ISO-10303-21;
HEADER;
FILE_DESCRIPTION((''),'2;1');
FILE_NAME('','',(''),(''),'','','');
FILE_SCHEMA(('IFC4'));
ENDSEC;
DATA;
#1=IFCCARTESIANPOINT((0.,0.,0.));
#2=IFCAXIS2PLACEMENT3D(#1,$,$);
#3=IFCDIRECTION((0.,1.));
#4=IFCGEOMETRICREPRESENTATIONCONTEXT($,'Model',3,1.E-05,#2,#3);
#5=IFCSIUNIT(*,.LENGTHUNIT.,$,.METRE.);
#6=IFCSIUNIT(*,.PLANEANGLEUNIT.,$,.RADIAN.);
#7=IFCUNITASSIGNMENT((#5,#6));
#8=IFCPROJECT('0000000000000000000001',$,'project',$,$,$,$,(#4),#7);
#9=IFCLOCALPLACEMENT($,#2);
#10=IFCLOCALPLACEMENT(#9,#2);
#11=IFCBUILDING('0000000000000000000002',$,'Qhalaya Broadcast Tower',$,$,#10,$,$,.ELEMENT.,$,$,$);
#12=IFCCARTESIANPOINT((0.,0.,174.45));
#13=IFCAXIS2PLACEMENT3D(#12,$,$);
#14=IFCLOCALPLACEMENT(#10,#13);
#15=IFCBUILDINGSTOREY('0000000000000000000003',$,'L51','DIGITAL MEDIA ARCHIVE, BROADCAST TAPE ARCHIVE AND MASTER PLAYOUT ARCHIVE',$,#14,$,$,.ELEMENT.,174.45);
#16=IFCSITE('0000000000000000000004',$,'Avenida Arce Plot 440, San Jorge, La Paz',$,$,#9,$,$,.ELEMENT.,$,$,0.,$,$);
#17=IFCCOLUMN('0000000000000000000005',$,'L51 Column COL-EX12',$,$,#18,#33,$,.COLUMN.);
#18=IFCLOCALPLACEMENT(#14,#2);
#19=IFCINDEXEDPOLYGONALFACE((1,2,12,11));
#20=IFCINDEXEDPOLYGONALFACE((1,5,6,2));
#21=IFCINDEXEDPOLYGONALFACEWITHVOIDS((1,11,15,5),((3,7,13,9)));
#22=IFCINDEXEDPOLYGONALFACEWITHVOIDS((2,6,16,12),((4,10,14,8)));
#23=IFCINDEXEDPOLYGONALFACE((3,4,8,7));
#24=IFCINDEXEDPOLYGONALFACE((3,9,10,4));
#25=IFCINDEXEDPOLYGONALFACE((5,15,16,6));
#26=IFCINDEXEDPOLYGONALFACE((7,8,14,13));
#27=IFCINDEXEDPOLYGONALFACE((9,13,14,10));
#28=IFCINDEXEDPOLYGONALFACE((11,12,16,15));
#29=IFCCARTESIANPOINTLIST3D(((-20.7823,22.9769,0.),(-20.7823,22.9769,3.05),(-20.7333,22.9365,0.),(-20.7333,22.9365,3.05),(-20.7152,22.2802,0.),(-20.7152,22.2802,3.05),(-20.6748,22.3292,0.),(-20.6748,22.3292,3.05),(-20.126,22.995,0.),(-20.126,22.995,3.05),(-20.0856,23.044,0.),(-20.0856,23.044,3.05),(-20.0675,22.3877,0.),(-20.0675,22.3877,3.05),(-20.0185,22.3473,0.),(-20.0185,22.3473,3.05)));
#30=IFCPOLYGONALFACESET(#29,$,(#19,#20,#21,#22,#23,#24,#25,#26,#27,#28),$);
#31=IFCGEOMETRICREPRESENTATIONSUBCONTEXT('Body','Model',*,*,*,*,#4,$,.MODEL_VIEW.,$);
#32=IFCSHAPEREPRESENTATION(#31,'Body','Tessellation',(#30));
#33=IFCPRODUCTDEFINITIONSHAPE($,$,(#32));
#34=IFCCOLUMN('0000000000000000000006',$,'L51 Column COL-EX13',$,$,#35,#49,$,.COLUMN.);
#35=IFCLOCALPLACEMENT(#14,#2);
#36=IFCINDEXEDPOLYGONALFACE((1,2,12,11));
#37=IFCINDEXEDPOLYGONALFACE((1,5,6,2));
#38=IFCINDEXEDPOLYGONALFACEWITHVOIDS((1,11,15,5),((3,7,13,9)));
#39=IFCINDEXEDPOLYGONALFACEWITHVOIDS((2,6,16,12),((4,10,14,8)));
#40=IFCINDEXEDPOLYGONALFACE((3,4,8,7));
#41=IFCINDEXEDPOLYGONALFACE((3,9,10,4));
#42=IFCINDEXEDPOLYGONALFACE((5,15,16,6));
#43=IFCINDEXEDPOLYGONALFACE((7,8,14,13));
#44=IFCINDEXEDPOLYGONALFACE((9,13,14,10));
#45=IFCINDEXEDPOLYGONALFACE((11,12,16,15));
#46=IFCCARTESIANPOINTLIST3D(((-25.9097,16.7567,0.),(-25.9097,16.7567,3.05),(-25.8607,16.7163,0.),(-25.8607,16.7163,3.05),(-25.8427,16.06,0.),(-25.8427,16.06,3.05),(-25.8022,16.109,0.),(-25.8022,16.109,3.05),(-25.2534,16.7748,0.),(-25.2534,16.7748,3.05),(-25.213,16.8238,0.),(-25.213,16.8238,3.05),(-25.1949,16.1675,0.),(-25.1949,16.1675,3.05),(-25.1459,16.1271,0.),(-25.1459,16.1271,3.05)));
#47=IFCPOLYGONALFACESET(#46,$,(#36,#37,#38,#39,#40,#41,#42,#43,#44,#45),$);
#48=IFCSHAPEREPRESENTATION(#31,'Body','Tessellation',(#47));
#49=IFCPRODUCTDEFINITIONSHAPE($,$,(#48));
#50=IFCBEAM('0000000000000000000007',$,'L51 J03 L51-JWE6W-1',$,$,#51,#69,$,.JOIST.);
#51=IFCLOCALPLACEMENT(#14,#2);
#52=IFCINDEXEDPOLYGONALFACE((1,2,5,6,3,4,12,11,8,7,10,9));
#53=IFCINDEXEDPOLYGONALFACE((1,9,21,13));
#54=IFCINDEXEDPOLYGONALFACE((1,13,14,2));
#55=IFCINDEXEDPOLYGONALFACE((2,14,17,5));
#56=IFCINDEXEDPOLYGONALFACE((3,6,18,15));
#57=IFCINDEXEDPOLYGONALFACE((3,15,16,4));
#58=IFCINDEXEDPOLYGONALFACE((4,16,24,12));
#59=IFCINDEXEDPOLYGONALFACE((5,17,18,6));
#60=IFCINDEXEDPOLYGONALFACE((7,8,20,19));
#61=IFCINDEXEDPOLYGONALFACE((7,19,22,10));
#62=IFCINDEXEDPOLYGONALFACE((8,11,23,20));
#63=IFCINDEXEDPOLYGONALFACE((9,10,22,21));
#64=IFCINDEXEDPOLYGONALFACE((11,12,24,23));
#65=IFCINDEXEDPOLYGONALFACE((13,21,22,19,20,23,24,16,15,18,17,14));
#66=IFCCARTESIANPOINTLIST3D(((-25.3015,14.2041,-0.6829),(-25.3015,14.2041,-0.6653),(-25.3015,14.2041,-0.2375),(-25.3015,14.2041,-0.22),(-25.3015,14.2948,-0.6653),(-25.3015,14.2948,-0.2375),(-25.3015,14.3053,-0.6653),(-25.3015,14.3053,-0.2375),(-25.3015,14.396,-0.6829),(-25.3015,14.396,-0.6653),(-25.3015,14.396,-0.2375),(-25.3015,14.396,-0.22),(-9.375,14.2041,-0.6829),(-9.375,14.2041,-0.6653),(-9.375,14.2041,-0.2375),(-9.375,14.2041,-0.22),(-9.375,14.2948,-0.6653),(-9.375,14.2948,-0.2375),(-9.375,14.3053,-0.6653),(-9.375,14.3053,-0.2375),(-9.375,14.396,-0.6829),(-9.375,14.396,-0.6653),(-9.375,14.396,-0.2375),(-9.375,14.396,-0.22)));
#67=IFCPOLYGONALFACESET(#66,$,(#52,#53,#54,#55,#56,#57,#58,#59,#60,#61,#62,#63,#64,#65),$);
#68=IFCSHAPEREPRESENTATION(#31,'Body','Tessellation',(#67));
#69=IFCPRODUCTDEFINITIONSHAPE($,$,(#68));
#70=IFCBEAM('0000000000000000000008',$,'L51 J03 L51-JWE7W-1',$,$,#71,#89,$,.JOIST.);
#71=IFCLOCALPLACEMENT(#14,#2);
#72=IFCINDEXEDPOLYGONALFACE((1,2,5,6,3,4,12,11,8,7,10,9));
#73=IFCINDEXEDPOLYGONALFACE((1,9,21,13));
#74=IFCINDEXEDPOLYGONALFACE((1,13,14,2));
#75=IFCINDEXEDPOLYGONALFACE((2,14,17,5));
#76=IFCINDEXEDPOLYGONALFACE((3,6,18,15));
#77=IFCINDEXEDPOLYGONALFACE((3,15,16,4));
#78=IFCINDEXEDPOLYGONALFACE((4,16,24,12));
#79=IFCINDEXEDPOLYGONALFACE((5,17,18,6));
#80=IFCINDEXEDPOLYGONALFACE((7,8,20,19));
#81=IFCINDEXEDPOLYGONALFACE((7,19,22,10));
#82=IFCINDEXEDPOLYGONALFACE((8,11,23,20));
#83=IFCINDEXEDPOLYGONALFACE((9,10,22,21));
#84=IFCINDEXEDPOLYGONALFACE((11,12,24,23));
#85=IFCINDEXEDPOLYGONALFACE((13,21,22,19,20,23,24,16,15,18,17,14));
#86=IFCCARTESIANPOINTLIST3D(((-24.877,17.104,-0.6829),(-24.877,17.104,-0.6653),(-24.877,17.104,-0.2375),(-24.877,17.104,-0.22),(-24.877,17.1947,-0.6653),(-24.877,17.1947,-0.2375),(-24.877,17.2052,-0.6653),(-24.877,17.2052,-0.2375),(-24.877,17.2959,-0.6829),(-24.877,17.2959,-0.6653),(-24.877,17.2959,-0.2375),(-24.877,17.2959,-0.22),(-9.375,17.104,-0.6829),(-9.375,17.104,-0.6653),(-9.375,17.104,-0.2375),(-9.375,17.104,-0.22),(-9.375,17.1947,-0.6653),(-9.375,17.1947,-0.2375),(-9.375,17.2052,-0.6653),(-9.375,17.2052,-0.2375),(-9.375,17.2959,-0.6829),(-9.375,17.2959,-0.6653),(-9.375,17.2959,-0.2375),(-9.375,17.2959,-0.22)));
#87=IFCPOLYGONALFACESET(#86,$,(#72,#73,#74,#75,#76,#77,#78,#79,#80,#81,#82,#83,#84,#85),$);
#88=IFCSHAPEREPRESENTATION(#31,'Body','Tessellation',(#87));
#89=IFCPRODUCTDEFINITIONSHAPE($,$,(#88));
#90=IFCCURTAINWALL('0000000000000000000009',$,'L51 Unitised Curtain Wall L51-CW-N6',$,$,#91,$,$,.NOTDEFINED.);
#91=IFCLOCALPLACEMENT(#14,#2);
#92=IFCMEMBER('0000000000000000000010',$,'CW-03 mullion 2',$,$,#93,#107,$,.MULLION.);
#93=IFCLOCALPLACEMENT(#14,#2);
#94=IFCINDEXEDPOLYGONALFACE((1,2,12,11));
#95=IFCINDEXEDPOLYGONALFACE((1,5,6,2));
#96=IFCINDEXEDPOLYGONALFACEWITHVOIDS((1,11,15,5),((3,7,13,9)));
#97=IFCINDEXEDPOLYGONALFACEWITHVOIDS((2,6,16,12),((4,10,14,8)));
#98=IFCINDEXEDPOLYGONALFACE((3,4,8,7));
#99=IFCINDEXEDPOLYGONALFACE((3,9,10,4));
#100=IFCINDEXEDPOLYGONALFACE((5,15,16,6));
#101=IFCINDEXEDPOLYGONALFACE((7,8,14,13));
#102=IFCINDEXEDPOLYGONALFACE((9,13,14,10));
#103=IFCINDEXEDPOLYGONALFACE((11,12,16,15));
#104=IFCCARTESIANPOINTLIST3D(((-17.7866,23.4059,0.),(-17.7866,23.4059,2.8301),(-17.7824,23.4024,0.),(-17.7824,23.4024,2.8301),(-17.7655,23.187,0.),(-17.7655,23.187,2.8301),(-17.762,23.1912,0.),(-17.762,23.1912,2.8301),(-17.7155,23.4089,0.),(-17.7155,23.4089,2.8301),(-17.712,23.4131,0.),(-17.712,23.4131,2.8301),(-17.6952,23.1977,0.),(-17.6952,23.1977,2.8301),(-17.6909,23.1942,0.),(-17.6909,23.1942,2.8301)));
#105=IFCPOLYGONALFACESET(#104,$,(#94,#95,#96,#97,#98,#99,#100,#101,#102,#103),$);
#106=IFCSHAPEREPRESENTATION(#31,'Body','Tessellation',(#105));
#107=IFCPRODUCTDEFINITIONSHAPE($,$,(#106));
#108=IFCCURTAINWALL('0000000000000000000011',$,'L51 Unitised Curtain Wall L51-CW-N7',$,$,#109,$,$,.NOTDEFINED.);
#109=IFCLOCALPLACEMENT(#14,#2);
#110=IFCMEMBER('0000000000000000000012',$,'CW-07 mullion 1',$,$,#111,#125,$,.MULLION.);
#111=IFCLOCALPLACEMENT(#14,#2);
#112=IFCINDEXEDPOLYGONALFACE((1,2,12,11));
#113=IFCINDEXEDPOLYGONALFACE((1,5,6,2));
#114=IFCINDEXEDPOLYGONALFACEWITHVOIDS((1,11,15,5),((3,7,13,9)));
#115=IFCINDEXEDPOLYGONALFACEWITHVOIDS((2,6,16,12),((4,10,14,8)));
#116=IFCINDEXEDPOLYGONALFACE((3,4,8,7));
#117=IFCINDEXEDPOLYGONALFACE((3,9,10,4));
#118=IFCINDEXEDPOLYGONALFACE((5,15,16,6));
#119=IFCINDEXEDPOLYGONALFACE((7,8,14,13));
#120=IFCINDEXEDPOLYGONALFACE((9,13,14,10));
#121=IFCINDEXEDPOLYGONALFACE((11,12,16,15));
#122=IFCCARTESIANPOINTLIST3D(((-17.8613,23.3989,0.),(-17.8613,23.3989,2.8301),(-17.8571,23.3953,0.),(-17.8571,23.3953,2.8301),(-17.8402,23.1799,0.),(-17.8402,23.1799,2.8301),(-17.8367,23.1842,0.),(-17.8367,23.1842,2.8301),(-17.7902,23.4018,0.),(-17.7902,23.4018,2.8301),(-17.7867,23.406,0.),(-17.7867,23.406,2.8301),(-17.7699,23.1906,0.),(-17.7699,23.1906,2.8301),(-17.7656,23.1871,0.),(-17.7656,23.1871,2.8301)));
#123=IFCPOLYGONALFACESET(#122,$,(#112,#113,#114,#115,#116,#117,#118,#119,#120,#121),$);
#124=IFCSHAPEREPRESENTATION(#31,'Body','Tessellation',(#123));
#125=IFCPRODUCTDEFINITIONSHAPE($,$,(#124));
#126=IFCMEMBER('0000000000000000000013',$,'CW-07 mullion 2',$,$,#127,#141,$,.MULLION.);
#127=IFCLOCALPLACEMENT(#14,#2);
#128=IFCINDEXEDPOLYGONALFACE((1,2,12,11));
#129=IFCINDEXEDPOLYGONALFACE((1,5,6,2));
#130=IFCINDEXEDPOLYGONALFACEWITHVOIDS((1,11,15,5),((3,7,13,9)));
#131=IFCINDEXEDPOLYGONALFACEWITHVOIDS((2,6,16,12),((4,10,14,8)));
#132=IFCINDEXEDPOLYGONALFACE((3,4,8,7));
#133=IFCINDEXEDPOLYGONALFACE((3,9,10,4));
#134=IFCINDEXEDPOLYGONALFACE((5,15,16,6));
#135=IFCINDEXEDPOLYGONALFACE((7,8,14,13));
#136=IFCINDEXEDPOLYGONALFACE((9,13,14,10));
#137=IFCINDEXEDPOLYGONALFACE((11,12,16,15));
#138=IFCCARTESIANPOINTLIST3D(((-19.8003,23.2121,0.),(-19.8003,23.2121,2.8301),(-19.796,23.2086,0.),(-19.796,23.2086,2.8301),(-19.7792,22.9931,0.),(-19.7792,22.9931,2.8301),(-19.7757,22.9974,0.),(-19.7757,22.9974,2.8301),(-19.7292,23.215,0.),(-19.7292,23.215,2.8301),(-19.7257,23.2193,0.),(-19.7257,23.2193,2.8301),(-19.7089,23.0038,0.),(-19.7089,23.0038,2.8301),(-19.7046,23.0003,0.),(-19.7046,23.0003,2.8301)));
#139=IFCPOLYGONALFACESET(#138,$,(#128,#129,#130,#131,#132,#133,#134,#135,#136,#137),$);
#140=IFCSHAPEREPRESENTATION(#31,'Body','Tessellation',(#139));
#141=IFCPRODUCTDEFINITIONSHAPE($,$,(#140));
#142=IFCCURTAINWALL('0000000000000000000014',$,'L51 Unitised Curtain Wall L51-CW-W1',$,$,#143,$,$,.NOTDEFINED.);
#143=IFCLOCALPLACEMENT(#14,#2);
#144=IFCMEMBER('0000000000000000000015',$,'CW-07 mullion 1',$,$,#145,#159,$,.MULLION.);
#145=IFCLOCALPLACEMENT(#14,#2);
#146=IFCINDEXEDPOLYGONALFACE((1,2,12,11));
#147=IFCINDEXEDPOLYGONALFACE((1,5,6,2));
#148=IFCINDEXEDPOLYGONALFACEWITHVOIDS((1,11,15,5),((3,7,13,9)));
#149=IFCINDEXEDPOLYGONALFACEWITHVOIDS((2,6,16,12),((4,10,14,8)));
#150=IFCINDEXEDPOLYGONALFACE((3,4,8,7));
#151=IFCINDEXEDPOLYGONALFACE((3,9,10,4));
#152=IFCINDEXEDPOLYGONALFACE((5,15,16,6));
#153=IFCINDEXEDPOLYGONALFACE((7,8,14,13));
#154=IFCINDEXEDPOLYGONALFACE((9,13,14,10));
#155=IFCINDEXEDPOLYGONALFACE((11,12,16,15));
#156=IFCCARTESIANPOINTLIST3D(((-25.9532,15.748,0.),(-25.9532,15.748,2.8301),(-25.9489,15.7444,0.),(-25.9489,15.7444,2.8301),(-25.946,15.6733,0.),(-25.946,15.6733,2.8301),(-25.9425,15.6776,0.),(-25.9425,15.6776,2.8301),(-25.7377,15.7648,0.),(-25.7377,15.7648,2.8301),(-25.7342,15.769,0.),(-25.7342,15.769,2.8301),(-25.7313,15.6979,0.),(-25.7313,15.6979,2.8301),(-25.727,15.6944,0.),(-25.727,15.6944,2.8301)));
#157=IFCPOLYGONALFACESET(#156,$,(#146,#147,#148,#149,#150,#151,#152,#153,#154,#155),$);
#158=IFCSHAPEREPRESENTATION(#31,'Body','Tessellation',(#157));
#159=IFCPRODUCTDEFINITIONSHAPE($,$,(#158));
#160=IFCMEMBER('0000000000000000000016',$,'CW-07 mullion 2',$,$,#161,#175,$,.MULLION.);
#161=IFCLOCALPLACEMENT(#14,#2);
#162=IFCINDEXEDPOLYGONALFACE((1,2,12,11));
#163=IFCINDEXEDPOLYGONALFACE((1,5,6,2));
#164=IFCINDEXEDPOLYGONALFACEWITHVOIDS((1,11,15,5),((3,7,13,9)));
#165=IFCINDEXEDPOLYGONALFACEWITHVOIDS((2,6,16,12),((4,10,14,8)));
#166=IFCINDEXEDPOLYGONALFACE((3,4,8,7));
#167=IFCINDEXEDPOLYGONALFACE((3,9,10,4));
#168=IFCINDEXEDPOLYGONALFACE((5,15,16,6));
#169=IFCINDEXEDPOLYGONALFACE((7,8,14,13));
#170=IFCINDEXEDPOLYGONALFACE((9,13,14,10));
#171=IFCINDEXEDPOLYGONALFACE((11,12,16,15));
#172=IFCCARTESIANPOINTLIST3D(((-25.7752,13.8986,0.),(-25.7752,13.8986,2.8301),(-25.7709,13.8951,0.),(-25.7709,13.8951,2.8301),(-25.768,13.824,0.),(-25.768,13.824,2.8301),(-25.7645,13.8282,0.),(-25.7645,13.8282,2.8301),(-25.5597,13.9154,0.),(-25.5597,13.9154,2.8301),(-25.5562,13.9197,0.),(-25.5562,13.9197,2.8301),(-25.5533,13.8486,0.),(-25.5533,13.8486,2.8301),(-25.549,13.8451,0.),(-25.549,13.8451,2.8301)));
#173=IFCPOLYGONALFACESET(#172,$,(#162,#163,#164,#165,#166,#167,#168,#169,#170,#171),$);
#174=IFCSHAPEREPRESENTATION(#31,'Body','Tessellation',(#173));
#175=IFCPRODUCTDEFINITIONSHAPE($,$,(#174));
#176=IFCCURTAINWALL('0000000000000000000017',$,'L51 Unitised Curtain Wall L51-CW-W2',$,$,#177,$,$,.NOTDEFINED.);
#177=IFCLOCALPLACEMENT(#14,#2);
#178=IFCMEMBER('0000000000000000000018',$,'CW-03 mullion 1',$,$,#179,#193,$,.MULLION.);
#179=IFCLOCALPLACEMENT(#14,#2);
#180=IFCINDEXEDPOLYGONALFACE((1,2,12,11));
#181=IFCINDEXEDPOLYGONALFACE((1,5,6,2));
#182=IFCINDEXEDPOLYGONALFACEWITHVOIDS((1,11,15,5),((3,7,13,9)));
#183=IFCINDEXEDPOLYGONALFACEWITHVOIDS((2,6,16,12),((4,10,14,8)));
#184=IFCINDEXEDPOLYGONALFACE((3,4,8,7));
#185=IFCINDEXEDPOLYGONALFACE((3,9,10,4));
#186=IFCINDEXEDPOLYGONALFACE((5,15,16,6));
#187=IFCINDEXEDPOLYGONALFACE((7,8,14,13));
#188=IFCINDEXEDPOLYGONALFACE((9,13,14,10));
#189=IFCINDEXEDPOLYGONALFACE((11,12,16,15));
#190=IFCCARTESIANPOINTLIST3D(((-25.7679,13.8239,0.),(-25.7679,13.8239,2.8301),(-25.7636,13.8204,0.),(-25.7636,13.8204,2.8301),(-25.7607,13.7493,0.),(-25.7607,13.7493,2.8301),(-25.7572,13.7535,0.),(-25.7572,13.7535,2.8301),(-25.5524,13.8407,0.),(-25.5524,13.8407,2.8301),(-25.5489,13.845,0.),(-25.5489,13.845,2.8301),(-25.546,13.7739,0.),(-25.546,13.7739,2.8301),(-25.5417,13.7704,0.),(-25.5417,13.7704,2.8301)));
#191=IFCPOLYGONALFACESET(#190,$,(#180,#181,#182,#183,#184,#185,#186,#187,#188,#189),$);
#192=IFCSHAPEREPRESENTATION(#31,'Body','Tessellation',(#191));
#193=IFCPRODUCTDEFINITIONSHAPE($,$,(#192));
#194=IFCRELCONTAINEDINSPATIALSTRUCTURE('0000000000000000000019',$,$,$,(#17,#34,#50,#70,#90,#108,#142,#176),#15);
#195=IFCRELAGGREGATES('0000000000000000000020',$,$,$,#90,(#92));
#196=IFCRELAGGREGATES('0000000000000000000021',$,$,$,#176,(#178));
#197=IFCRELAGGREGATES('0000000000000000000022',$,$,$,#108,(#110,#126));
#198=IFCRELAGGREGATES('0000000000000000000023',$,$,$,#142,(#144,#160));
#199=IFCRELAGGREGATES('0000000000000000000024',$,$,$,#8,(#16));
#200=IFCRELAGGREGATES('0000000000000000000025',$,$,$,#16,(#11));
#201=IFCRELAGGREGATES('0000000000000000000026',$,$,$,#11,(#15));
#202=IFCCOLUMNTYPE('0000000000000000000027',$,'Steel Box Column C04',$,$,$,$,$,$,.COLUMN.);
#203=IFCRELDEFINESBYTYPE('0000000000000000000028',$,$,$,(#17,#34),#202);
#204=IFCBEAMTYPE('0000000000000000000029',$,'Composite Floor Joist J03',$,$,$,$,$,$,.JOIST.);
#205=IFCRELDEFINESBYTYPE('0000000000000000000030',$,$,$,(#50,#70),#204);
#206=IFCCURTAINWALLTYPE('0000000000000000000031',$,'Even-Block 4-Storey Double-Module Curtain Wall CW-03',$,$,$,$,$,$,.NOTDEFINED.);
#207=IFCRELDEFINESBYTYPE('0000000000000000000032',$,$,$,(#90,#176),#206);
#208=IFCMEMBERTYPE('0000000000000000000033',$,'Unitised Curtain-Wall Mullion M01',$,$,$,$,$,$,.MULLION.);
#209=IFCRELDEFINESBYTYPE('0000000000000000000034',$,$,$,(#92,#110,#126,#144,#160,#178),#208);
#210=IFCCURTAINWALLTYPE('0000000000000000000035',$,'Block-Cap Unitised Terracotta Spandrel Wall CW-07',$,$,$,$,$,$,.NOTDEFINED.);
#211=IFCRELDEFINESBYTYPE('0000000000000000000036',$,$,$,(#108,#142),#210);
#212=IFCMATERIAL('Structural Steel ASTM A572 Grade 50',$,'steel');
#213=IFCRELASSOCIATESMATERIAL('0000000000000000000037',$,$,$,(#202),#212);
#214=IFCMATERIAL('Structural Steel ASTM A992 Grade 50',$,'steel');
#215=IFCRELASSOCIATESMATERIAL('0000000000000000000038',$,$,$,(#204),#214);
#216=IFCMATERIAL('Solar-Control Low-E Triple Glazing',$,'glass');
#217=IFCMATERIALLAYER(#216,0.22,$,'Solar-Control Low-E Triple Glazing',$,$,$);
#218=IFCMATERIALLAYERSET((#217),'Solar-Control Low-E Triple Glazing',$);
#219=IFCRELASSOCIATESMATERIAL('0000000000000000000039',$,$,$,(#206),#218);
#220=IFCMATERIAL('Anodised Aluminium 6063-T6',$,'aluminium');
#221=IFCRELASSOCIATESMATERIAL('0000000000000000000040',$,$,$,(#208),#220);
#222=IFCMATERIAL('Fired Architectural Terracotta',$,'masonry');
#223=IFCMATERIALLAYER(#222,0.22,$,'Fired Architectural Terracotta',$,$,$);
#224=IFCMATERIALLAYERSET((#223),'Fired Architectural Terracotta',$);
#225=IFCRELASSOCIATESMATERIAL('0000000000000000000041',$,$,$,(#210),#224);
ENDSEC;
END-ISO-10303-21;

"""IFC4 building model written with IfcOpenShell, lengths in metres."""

from ifc_helpers import new_model, si_unit, direction, frame, origin, origin_2d, place, context, subcontext, project, spatial, hollow_rectangle, i_section, extrude, material, layer, layer_set, material_profile, profile_set, type_object, element, aggregate, save


model = new_model("IFC4")

# Units and contexts
model_context = context("Model", 3, precision=1e-05, world=origin(), true_north=direction((0.0, 1.0)))
body_context = subcontext(model_context, "Body", "Model", "MODEL_VIEW")
ifc_project = project(units=[si_unit("LENGTHUNIT", "METRE"), si_unit("PLANEANGLEUNIT", "RADIAN")], contexts=[model_context])

# Site, building, storey
site_placement = place(None, origin())
site = spatial("IfcSite", under=ifc_project, at=site_placement, Name="Avenida Arce Plot 440, San Jorge, La Paz", CompositionType="ELEMENT", RefElevation=0.0)
building_placement = place(site_placement, origin())
building = spatial("IfcBuilding", under=site, at=building_placement, Name="Qhalaya Broadcast Tower", CompositionType="ELEMENT")
storey_placement = place(building_placement, frame((0.0, 0.0, 174.45)))
storey = spatial("IfcBuildingStorey", under=building, at=storey_placement, Name="L51", Description="DIGITAL MEDIA ARCHIVE, BROADCAST TAPE ARCHIVE AND MASTER PLAYOUT ARCHIVE", CompositionType="ELEMENT", Elevation=174.45)

# Columns
ifc_material_1 = material(Name="Structural Steel ASTM A572 Grade 50", Category="steel")
ifc_material_profile_1 = material_profile(ifc_material_1, hollow_rectangle(XDim=0.7, YDim=0.7, WallThickness=0.0449, at=origin_2d()), Name="BOX 700x700x45")
ifc_profile_set_1 = profile_set([ifc_material_profile_1], Name="Structural Steel ASTM A572 Grade 50")
column_type = type_object("IfcColumnType", Name="Steel Box Column C04", PredefinedType="COLUMN", material=ifc_profile_set_1)
for number, where, z_axis, x_axis, name in (
    (1, (-20.4004, 22.6621, 0.0), (0.0, 0.0, 1.0), (0.995396, 0.095846, 0.0), "L51 Column COL-EX12"),
    (2, (-25.5278, 16.4419, 0.0), (0.0, 0.0, 1.0), (-0.095846, 0.995396, 0.0), "L51 Column COL-EX13"),
):
    element("IfcColumn", number, at=place(storey_placement, frame(where, z_axis=z_axis, x_axis=x_axis)), inside=storey, type_object=column_type, Name=name, PredefinedType="COLUMN", context=body_context, shape_type="SweptSolid", body=[
        extrude(hollow_rectangle(XDim=0.7, YDim=0.7, WallThickness=0.0449, at=origin_2d()), origin(), (0.0, 0.0, 1.0), 3.05),
    ])

# Beams
ifc_material_2 = material(Name="Structural Steel ASTM A992 Grade 50", Category="steel")
ifc_material_profile_2 = material_profile(ifc_material_2, i_section(OverallWidth=0.1919, OverallDepth=0.4629, WebThickness=0.0105, FlangeThickness=0.0176, at=origin_2d()), Name="W18X60")
ifc_profile_set_2 = profile_set([ifc_material_profile_2], Name="Structural Steel ASTM A992 Grade 50")
beam_type_1 = type_object("IfcBeamType", Name="Composite Floor Joist J03", PredefinedType="JOIST", material=ifc_profile_set_2)
beam_1_placement = place(storey_placement, frame((-25.3015, 14.3, -0.4514), z_axis=(1.0, 0.0, 0.0), x_axis=(0.0, 1.0, 0.0)))
element("IfcBeam", 3, at=beam_1_placement, inside=storey, type_object=beam_type_1, Name="L51 J03 L51-JWE6W-1", PredefinedType="JOIST", context=body_context, shape_type="SweptSolid", body=[
    extrude(i_section(OverallWidth=0.1919, OverallDepth=0.4629, WebThickness=0.0105, FlangeThickness=0.0176, at=origin_2d()), origin(), (0.0, 0.0, 1.0), 15.9265),
])
beam_2_placement = place(storey_placement, frame((-24.877, 17.2, -0.4514), z_axis=(1.0, 0.0, 0.0), x_axis=(0.0, 1.0, 0.0)))
element("IfcBeam", 4, at=beam_2_placement, inside=storey, type_object=beam_type_1, Name="L51 J03 L51-JWE7W-1", PredefinedType="JOIST", context=body_context, shape_type="SweptSolid", body=[
    extrude(i_section(OverallWidth=0.1919, OverallDepth=0.4629, WebThickness=0.0105, FlangeThickness=0.0176, at=origin_2d()), origin(), (0.0, 0.0, 1.0), 15.502),
])

# Curtain wall, member
ifc_material_3 = material(Name="Solar-Control Low-E Triple Glazing", Category="glass")
ifc_layer_1 = layer(ifc_material_3, 0.22, Name="Solar-Control Low-E Triple Glazing")
ifc_layer_set_1 = layer_set([ifc_layer_1], Name="Solar-Control Low-E Triple Glazing")
curtain_wall_type_1 = type_object("IfcCurtainWallType", Name="Even-Block 4-Storey Double-Module Curtain Wall CW-03", PredefinedType="NOTDEFINED", material=ifc_layer_set_1)
curtain_wall_1_placement = place(storey_placement, origin())
curtain_wall_1 = element("IfcCurtainWall", 5, at=curtain_wall_1_placement, inside=storey, type_object=curtain_wall_type_1, Name="L51 Unitised Curtain Wall L51-CW-N6", PredefinedType="NOTDEFINED")
ifc_material_4 = material(Name="Anodised Aluminium 6063-T6", Category="aluminium")
ifc_material_profile_3 = material_profile(ifc_material_4, hollow_rectangle(XDim=0.075, YDim=0.22, WallThickness=0.0039, at=origin_2d()), Name="ALU-MUL 75x220x4")
ifc_profile_set_3 = profile_set([ifc_material_profile_3], Name="Anodised Aluminium 6063-T6")
member_type_1 = type_object("IfcMemberType", Name="Unitised Curtain-Wall Mullion M01", PredefinedType="MULLION", material=ifc_profile_set_3)
member_1_placement = place(storey_placement, frame((-17.7388, 23.3, 0.0), z_axis=(0.0, 0.0, 1.0), x_axis=(-0.995397, -0.095839, 0.0)))
member_1 = element("IfcMember", 6, at=member_1_placement, type_object=member_type_1, Name="CW-03 mullion 2", PredefinedType="MULLION", context=body_context, shape_type="SweptSolid", body=[
    extrude(hollow_rectangle(XDim=0.075, YDim=0.22, WallThickness=0.0039, at=origin_2d()), origin(), (0.0, 0.0, 1.0), 2.8301),
])
aggregate(curtain_wall_1, [member_1])

# Curtain walls, members
ifc_material_5 = material(Name="Fired Architectural Terracotta", Category="masonry")
ifc_layer_2 = layer(ifc_material_5, 0.22, Name="Fired Architectural Terracotta")
ifc_layer_set_2 = layer_set([ifc_layer_2], Name="Fired Architectural Terracotta")
curtain_wall_type_2 = type_object("IfcCurtainWallType", Name="Block-Cap Unitised Terracotta Spandrel Wall CW-07", PredefinedType="NOTDEFINED", material=ifc_layer_set_2)
curtain_wall_2_placement = place(storey_placement, origin())
curtain_wall_2 = element("IfcCurtainWall", 7, at=curtain_wall_2_placement, inside=storey, type_object=curtain_wall_type_2, Name="L51 Unitised Curtain Wall L51-CW-N7", PredefinedType="NOTDEFINED")
member_2_placement = place(storey_placement, frame((-17.8135, 23.293, 0.0), z_axis=(0.0, 0.0, 1.0), x_axis=(-0.995396, -0.095847, 0.0)))
member_2 = element("IfcMember", 8, at=member_2_placement, type_object=member_type_1, Name="CW-07 mullion 1", PredefinedType="MULLION", context=body_context, shape_type="SweptSolid", body=[
    extrude(hollow_rectangle(XDim=0.075, YDim=0.22, WallThickness=0.0039, at=origin_2d()), origin(), (0.0, 0.0, 1.0), 2.8301),
])
member_3_placement = place(storey_placement, frame((-19.7524, 23.1062, 0.0), z_axis=(0.0, 0.0, 1.0), x_axis=(-0.995396, -0.095847, 0.0)))
member_3 = element("IfcMember", 9, at=member_3_placement, type_object=member_type_1, Name="CW-07 mullion 2", PredefinedType="MULLION", context=body_context, shape_type="SweptSolid", body=[
    extrude(hollow_rectangle(XDim=0.075, YDim=0.22, WallThickness=0.0039, at=origin_2d()), origin(), (0.0, 0.0, 1.0), 2.8301),
])
curtain_wall_3_placement = place(storey_placement, origin())
curtain_wall_3 = element("IfcCurtainWall", 10, at=curtain_wall_3_placement, inside=storey, type_object=curtain_wall_type_2, Name="L51 Unitised Curtain Wall L51-CW-W1", PredefinedType="NOTDEFINED")
member_4_placement = place(storey_placement, frame((-25.8401, 15.7212, 0.0), z_axis=(0.0, 0.0, 1.0), x_axis=(0.095861, -0.995395, 0.0)))
member_4 = element("IfcMember", 11, at=member_4_placement, type_object=member_type_1, Name="CW-07 mullion 1", PredefinedType="MULLION", context=body_context, shape_type="SweptSolid", body=[
    extrude(hollow_rectangle(XDim=0.075, YDim=0.22, WallThickness=0.0039, at=origin_2d()), origin(), (0.0, 0.0, 1.0), 2.8301),
])
member_5_placement = place(storey_placement, frame((-25.6621, 13.8718, 0.0), z_axis=(0.0, 0.0, 1.0), x_axis=(0.095861, -0.995395, 0.0)))
member_5 = element("IfcMember", 12, at=member_5_placement, type_object=member_type_1, Name="CW-07 mullion 2", PredefinedType="MULLION", context=body_context, shape_type="SweptSolid", body=[
    extrude(hollow_rectangle(XDim=0.075, YDim=0.22, WallThickness=0.0039, at=origin_2d()), origin(), (0.0, 0.0, 1.0), 2.8301),
])

# Curtain wall, member
curtain_wall_4_placement = place(storey_placement, origin())
curtain_wall_4 = element("IfcCurtainWall", 13, at=curtain_wall_4_placement, inside=storey, type_object=curtain_wall_type_1, Name="L51 Unitised Curtain Wall L51-CW-W2", PredefinedType="NOTDEFINED")
member_6_placement = place(storey_placement, frame((-25.6548, 13.7971, 0.0), z_axis=(0.0, 0.0, 1.0), x_axis=(0.095851, -0.995396, 0.0)))
member_6 = element("IfcMember", 14, at=member_6_placement, type_object=member_type_1, Name="CW-03 mullion 1", PredefinedType="MULLION", context=body_context, shape_type="SweptSolid", body=[
    extrude(hollow_rectangle(XDim=0.075, YDim=0.22, WallThickness=0.0039, at=origin_2d()), origin(), (0.0, 0.0, 1.0), 2.8301),
])

aggregate(curtain_wall_4, [member_6])

aggregate(curtain_wall_2, [member_2, member_3])
aggregate(curtain_wall_3, [member_4, member_5])

save(model, "model.ifc")
